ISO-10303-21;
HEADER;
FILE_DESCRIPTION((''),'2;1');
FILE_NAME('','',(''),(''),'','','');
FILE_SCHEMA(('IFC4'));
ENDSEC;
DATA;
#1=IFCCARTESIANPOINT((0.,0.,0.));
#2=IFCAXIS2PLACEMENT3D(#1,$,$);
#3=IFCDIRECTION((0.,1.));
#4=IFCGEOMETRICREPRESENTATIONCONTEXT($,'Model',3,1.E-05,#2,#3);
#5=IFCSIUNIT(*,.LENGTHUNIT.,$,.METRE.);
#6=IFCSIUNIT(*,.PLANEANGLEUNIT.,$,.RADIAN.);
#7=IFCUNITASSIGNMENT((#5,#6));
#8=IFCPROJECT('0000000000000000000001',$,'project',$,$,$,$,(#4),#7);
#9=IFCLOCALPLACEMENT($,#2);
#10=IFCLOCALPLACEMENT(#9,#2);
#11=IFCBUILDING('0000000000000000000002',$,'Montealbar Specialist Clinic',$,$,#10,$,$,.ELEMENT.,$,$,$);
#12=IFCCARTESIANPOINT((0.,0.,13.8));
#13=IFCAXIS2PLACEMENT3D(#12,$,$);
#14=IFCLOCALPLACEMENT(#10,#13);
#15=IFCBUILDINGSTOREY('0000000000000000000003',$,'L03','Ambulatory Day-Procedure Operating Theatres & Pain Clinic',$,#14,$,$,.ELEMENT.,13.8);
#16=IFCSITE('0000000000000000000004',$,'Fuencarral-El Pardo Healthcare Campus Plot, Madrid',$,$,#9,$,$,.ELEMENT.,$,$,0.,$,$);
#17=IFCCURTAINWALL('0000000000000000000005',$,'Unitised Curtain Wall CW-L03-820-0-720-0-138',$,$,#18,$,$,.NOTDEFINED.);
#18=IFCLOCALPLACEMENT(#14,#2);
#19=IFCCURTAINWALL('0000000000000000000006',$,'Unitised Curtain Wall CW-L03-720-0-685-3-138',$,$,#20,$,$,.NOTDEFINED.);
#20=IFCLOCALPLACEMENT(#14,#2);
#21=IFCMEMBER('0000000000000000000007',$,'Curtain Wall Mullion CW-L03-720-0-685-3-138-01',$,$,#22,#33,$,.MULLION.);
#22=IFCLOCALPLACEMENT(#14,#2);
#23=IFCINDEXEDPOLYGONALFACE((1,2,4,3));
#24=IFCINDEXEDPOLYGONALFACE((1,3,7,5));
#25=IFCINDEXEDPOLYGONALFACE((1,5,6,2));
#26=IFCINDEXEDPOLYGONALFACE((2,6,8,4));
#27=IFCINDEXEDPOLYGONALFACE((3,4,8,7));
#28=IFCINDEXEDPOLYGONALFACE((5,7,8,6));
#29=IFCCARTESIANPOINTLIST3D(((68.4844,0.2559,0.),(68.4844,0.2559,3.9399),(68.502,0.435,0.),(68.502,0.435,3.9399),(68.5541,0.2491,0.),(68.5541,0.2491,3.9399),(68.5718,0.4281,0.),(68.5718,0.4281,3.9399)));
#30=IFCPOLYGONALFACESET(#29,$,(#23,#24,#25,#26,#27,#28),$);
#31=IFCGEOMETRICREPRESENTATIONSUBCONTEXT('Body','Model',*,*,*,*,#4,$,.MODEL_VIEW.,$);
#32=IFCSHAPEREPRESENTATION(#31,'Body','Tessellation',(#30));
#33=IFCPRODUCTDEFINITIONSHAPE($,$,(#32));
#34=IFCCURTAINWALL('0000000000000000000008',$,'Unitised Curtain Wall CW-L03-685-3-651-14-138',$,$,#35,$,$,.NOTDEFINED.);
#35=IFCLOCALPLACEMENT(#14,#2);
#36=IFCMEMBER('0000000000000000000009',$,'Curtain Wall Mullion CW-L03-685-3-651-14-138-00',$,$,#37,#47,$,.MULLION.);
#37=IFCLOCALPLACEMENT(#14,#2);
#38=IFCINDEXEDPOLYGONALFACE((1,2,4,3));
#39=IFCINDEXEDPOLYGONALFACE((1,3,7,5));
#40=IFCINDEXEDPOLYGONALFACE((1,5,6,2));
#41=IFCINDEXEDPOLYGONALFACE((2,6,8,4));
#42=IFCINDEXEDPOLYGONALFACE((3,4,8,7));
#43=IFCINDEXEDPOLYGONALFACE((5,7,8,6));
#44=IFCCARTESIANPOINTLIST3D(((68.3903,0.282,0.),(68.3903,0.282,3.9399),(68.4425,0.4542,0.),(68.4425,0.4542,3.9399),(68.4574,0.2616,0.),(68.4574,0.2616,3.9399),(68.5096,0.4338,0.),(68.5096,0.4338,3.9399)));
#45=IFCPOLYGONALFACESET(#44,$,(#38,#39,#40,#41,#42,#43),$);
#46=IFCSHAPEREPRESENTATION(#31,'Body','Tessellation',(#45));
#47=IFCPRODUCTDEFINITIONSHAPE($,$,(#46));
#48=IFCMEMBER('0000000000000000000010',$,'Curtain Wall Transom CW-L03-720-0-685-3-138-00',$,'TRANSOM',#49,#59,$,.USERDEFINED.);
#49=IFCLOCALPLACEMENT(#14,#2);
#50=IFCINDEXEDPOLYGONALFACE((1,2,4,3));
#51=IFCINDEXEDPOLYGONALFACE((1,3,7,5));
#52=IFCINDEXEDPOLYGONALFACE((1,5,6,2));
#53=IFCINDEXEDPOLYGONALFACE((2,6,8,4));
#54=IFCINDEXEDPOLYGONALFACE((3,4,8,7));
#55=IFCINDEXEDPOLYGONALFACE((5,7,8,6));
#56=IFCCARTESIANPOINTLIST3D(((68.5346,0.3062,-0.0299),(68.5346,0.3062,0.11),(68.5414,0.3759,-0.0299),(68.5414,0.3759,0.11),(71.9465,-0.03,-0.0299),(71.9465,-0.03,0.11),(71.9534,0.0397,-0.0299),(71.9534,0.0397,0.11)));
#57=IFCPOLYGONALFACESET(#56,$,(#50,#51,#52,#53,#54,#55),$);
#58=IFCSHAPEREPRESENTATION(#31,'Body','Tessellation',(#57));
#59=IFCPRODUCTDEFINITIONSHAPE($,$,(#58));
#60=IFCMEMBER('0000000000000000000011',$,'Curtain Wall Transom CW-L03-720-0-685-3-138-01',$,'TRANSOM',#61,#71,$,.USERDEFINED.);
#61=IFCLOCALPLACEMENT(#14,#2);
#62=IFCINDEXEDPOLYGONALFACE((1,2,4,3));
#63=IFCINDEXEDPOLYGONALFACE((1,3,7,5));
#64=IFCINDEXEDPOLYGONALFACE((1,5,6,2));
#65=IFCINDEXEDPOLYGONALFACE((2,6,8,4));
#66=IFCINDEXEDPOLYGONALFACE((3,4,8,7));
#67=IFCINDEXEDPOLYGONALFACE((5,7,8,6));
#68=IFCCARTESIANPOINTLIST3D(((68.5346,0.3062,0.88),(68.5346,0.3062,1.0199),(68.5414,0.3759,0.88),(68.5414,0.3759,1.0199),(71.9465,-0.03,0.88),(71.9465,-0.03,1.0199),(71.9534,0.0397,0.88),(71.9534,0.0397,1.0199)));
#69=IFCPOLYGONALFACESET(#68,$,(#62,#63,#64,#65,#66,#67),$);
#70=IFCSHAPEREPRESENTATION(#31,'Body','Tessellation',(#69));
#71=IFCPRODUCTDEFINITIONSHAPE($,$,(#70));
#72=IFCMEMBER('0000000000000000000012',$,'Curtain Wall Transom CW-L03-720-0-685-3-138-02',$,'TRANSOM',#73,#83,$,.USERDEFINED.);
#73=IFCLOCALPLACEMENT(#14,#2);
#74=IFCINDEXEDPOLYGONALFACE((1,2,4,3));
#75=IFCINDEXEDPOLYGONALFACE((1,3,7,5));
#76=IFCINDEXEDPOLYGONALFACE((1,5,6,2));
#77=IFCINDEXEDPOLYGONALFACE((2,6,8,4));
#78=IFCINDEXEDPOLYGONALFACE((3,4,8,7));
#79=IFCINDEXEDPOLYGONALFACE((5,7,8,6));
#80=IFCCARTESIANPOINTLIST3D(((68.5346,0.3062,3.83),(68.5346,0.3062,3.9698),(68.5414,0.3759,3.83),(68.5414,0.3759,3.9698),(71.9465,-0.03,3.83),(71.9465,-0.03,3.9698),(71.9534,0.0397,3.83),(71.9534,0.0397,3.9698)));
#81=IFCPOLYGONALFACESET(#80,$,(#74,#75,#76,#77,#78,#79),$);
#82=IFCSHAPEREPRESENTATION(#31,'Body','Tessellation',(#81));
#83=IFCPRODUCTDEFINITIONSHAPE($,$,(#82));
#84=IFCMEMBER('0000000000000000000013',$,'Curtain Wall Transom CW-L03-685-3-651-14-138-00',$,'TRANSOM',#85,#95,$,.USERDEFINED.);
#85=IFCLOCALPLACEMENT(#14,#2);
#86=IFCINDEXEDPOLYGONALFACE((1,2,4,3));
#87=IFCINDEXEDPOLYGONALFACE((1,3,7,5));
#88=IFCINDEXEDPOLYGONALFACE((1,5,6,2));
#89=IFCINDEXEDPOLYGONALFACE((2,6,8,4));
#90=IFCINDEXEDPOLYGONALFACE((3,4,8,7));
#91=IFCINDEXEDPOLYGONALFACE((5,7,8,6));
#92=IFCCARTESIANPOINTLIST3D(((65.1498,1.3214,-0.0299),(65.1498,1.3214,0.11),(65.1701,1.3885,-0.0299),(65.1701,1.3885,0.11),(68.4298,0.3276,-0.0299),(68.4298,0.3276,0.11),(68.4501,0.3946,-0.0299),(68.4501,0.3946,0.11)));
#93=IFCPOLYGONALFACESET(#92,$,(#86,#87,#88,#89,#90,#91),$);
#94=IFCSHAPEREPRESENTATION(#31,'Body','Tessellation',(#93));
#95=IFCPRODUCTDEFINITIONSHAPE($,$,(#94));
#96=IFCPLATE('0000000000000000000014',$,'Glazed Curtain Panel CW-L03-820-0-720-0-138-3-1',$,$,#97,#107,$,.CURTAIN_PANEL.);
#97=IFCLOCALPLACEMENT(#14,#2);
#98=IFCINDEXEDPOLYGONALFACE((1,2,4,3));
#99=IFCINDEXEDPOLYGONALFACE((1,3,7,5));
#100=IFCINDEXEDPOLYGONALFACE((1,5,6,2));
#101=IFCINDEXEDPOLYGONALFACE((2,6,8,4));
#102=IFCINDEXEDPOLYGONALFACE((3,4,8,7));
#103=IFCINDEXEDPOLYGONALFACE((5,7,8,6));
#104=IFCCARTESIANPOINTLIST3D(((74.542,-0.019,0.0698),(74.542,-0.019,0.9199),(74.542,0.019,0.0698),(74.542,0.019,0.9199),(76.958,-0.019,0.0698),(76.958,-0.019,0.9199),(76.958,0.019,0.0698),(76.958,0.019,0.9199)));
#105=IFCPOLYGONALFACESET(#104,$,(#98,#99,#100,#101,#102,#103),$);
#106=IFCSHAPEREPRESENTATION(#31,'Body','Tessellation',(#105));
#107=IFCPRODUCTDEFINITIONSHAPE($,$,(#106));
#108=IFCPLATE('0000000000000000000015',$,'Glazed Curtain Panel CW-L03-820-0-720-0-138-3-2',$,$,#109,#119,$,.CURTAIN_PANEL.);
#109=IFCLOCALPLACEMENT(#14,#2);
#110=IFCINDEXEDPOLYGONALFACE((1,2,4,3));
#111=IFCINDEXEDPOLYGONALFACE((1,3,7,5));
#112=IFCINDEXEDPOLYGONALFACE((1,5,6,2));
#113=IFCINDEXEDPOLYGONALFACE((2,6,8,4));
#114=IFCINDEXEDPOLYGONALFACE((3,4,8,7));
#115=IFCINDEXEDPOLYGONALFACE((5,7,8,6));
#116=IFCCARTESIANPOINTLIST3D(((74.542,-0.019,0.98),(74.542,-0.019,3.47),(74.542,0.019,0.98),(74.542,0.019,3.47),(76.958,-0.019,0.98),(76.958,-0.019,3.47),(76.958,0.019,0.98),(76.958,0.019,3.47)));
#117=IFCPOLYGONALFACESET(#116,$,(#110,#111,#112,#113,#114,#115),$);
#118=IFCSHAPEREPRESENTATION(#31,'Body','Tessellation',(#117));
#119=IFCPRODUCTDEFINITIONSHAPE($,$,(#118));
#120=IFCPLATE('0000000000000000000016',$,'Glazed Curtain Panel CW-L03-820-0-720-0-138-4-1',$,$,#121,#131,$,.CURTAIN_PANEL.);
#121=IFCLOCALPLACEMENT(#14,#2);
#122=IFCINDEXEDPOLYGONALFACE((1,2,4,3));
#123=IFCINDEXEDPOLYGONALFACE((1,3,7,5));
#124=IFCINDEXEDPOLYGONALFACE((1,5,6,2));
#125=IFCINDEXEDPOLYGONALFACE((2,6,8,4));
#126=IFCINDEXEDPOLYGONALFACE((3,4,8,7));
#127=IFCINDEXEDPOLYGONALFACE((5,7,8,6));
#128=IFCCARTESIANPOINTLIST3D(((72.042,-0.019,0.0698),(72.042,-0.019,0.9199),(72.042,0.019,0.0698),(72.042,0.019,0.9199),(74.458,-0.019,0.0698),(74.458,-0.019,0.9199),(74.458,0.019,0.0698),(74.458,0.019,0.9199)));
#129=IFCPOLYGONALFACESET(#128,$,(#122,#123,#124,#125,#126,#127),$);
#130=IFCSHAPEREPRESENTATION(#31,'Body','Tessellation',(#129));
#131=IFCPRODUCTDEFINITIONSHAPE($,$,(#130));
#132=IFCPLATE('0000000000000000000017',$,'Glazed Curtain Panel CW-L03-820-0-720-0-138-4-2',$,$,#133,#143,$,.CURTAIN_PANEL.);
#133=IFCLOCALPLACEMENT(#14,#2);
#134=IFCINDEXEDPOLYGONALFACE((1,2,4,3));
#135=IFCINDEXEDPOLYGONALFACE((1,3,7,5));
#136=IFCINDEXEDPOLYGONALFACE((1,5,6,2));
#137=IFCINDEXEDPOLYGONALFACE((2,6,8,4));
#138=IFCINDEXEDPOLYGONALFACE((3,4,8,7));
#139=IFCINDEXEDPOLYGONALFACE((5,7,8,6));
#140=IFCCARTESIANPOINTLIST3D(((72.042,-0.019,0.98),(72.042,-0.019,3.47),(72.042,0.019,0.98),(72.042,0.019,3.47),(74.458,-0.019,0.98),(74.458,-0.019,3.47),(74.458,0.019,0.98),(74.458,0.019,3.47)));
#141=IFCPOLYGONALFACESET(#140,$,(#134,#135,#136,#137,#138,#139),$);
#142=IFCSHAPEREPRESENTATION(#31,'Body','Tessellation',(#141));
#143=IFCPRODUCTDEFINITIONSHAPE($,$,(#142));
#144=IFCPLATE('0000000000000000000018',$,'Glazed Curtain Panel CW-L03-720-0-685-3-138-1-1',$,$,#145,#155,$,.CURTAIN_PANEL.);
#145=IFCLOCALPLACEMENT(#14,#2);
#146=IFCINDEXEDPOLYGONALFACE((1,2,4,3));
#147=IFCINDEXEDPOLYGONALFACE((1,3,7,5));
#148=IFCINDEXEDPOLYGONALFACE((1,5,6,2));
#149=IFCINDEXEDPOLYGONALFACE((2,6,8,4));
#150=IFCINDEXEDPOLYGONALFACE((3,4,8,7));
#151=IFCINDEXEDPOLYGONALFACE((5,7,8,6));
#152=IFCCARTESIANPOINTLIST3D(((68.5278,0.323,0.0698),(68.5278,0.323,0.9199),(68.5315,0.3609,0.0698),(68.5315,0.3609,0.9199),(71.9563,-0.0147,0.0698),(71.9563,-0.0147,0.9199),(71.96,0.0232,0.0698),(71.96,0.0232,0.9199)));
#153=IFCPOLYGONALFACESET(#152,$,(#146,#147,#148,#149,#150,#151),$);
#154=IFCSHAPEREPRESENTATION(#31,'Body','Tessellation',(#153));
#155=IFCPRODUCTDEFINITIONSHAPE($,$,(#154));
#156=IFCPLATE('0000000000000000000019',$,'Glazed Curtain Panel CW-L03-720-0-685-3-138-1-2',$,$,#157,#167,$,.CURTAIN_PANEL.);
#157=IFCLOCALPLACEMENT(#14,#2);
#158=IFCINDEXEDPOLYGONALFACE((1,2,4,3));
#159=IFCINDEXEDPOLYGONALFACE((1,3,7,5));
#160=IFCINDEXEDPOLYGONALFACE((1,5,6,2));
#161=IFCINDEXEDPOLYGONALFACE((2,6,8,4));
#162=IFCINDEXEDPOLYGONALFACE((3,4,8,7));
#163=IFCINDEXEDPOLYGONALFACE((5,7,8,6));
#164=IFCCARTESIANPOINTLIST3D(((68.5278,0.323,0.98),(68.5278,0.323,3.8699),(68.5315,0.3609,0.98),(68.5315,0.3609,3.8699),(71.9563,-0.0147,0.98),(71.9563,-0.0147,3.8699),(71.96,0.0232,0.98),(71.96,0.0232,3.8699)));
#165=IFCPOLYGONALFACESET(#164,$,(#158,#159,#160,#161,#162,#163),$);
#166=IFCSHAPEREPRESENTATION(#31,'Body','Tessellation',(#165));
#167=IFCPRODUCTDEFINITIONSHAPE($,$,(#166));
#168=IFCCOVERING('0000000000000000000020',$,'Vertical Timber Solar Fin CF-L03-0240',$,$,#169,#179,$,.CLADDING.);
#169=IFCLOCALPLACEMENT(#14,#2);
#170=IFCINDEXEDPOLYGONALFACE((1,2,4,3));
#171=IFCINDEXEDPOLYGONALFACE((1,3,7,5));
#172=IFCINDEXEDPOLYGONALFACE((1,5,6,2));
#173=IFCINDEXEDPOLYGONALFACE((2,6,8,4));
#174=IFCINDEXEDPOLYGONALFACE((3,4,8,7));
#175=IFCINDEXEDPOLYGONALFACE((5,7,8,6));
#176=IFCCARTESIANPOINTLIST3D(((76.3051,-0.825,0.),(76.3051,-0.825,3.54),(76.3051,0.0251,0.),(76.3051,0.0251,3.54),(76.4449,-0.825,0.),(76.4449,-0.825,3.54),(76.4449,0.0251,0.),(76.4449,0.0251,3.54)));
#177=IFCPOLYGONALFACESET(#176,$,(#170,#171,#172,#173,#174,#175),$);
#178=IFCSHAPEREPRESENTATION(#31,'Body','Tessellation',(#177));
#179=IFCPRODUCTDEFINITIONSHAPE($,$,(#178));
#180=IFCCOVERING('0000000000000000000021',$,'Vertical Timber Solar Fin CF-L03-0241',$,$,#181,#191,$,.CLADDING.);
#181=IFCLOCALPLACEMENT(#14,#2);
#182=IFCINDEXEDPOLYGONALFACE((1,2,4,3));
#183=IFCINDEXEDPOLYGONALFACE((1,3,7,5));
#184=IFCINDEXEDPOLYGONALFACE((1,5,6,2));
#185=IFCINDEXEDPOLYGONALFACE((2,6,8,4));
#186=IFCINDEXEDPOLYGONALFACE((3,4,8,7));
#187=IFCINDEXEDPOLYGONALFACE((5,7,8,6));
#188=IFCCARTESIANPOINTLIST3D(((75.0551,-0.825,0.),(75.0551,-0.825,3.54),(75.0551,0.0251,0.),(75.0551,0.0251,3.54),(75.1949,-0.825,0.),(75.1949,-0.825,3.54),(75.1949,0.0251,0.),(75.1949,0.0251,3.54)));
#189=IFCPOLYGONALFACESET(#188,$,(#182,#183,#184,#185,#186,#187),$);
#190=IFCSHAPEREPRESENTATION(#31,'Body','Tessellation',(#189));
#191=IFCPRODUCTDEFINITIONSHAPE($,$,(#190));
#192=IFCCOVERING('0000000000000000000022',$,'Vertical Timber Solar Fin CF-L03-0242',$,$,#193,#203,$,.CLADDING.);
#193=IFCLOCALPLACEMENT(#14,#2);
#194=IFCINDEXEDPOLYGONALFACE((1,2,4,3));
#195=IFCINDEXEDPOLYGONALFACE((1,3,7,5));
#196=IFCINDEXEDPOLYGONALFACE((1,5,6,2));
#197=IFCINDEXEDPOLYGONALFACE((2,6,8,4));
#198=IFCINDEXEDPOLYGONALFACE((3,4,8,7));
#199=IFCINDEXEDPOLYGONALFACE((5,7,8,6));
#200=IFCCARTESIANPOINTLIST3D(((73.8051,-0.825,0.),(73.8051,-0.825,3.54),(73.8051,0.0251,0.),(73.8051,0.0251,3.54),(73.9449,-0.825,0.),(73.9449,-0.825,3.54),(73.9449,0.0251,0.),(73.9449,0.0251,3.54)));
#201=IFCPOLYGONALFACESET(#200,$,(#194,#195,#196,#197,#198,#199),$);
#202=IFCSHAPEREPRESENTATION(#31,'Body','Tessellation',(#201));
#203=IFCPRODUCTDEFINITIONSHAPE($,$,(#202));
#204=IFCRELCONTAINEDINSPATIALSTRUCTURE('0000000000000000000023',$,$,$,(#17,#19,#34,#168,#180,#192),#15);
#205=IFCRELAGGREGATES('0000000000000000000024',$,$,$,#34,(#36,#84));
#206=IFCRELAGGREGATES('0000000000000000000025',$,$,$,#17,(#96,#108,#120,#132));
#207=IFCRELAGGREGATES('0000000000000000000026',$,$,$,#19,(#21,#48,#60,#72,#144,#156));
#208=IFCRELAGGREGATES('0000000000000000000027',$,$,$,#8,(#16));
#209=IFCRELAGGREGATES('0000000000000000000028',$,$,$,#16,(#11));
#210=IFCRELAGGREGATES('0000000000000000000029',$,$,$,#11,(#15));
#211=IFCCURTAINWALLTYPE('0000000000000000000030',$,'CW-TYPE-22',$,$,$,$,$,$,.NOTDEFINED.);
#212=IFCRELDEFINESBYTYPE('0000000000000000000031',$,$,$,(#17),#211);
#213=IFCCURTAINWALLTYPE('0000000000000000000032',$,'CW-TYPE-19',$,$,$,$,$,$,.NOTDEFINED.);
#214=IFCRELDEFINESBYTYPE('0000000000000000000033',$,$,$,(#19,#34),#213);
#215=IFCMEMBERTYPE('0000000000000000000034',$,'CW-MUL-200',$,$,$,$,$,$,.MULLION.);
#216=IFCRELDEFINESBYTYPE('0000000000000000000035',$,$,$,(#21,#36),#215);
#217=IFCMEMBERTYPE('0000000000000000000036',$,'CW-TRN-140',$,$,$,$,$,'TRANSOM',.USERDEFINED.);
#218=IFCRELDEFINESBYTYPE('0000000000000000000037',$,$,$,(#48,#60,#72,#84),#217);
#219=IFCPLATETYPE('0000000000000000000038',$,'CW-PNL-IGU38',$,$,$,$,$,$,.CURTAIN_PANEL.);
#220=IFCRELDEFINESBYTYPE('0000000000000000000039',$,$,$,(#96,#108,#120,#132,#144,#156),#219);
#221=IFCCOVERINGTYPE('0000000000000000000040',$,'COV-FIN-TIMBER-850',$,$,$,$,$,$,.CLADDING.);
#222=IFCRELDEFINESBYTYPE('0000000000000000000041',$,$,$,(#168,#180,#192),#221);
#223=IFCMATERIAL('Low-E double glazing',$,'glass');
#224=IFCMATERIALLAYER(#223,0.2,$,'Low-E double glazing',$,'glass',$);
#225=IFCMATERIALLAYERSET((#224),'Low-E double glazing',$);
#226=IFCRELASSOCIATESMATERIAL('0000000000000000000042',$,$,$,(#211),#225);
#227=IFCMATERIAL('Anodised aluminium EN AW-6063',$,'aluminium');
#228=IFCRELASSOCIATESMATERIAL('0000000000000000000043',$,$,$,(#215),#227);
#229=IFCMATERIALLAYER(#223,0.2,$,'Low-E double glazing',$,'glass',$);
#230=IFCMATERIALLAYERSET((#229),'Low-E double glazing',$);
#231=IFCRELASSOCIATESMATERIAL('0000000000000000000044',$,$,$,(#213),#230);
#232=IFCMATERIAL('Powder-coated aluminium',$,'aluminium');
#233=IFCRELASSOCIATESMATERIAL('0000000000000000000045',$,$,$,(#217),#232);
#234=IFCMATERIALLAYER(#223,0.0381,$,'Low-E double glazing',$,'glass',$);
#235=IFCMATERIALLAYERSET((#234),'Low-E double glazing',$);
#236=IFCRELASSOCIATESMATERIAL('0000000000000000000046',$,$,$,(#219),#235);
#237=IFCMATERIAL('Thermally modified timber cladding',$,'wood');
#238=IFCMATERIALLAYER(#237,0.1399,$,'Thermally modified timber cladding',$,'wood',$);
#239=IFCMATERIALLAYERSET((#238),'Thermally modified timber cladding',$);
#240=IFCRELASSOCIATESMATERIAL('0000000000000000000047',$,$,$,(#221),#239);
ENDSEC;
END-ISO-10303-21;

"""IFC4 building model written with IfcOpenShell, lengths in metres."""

from ifc_helpers import new_model, si_unit, direction, frame, origin, origin_2d, place, context, subcontext, project, spatial, rectangle, extrude, material, layer, layer_set, material_profile, profile_set, type_object, element, aggregate, save


model = new_model("IFC4")

# Units and contexts
model_context = context("Model", 3, precision=1e-05, world=origin(), true_north=direction((0.0, 1.0)))
body_context = subcontext(model_context, "Body", "Model", "MODEL_VIEW")
ifc_project = project(units=[si_unit("LENGTHUNIT", "METRE"), si_unit("PLANEANGLEUNIT", "RADIAN")], contexts=[model_context])

# Site, building, storey
site_placement = place(None, origin())
site = spatial("IfcSite", under=ifc_project, at=site_placement, Name="Fuencarral-El Pardo Healthcare Campus Plot, Madrid", CompositionType="ELEMENT", RefElevation=0.0)
building_placement = place(site_placement, origin())
building = spatial("IfcBuilding", under=site, at=building_placement, Name="Montealbar Specialist Clinic", CompositionType="ELEMENT")
storey_placement = place(building_placement, frame((0.0, 0.0, 13.8)))
storey = spatial("IfcBuildingStorey", under=building, at=storey_placement, Name="L03", Description="Ambulatory Day-Procedure Operating Theatres & Pain Clinic", CompositionType="ELEMENT", Elevation=13.8)

# Curtain walls, member
ifc_material_1 = material(Name="Low-E double glazing", Category="glass")
ifc_layer_1 = layer(ifc_material_1, 0.2, Name="Low-E double glazing", Category="glass")
ifc_layer_set_1 = layer_set([ifc_layer_1], Name="Low-E double glazing")
curtain_wall_type_1 = type_object("IfcCurtainWallType", Name="CW-TYPE-22", PredefinedType="NOTDEFINED", material=ifc_layer_set_1)
curtain_wall_1_placement = place(storey_placement, origin())
curtain_wall_1 = element("IfcCurtainWall", 1, at=curtain_wall_1_placement, inside=storey, type_object=curtain_wall_type_1, Name="Unitised Curtain Wall CW-L03-820-0-720-0-138", PredefinedType="NOTDEFINED")
ifc_material_2 = material(Name="Anodised aluminium EN AW-6063", Category="aluminium")
ifc_material_profile_1 = material_profile(ifc_material_2, rectangle(XDim=0.0701, YDim=0.1799, at=origin_2d()), Name="ALU 70x180", Category="aluminium")
ifc_profile_set_1 = profile_set([ifc_material_profile_1], Name="Anodised aluminium EN AW-6063")
member_type_1 = type_object("IfcMemberType", Name="CW-MUL-200", PredefinedType="MULLION", material=ifc_profile_set_1)
ifc_layer_2 = layer(ifc_material_1, 0.2, Name="Low-E double glazing", Category="glass")
ifc_layer_set_2 = layer_set([ifc_layer_2], Name="Low-E double glazing")
curtain_wall_type_2 = type_object("IfcCurtainWallType", Name="CW-TYPE-19", PredefinedType="NOTDEFINED", material=ifc_layer_set_2)
curtain_wall_2_placement = place(storey_placement, origin())
curtain_wall_2 = element("IfcCurtainWall", 2, at=curtain_wall_2_placement, inside=storey, type_object=curtain_wall_type_2, Name="Unitised Curtain Wall CW-L03-720-0-685-3-138", PredefinedType="NOTDEFINED")
member_1_placement = place(storey_placement, frame((68.5281, 0.342, 0.0), z_axis=(0.0, 0.0, 1.0), x_axis=(-0.995182, 0.098045, 0.0)))
member_1 = element("IfcMember", 3, at=member_1_placement, type_object=member_type_1, Name="Curtain Wall Mullion CW-L03-720-0-685-3-138-01", PredefinedType="MULLION", context=body_context, shape_type="SweptSolid", body=[
    extrude(rectangle(XDim=0.0701, YDim=0.1799, at=origin_2d()), origin(), (0.0, 0.0, 1.0), 3.9399),
])

# Curtain wall, member
curtain_wall_3_placement = place(storey_placement, origin())
curtain_wall_3 = element("IfcCurtainWall", 4, at=curtain_wall_3_placement, inside=storey, type_object=curtain_wall_type_2, Name="Unitised Curtain Wall CW-L03-685-3-651-14-138", PredefinedType="NOTDEFINED")
member_2_placement = place(storey_placement, frame((68.45, 0.3579, 0.0), z_axis=(0.0, 0.0, 1.0), x_axis=(-0.956948, 0.290259, 0.0)))
member_2 = element("IfcMember", 5, at=member_2_placement, type_object=member_type_1, Name="Curtain Wall Mullion CW-L03-685-3-651-14-138-00", PredefinedType="MULLION", context=body_context, shape_type="SweptSolid", body=[
    extrude(rectangle(XDim=0.0701, YDim=0.1799, at=origin_2d()), origin(), (0.0, 0.0, 1.0), 3.9399),
])

# Members
ifc_material_3 = material(Name="Powder-coated aluminium", Category="aluminium")
ifc_material_profile_2 = material_profile(ifc_material_3, rectangle(XDim=0.0701, YDim=0.1399, at=origin_2d()), Name="ALU 70x140", Category="aluminium")
ifc_profile_set_2 = profile_set([ifc_material_profile_2], Name="Powder-coated aluminium")
member_type_2 = type_object("IfcMemberType", Name="CW-TRN-140", ElementType="TRANSOM", PredefinedType="USERDEFINED", material=ifc_profile_set_2)
member_3_placement = place(storey_placement, frame((71.95, 0.0049, 0.04), z_axis=(-0.995181, 0.098058, 0.0), x_axis=(-0.098058, -0.995181, 0.0)))
member_3 = element("IfcMember", 6, at=member_3_placement, type_object=member_type_2, Name="Curtain Wall Transom CW-L03-720-0-685-3-138-00", ObjectType="TRANSOM", PredefinedType="USERDEFINED", context=body_context, shape_type="SweptSolid", body=[
    extrude(rectangle(XDim=0.0701, YDim=0.1399, at=origin_2d()), origin(), (0.0, 0.0, 1.0), 3.4285),
])
member_4_placement = place(storey_placement, frame((71.95, 0.0049, 0.95), z_axis=(-0.995181, 0.098058, 0.0), x_axis=(-0.098058, -0.995181, 0.0)))
member_4 = element("IfcMember", 7, at=member_4_placement, type_object=member_type_2, Name="Curtain Wall Transom CW-L03-720-0-685-3-138-01", ObjectType="TRANSOM", PredefinedType="USERDEFINED", context=body_context, shape_type="SweptSolid", body=[
    extrude(rectangle(XDim=0.0701, YDim=0.1399, at=origin_2d()), origin(), (0.0, 0.0, 1.0), 3.4285),
])
member_5_placement = place(storey_placement, frame((71.95, 0.0049, 3.8999), z_axis=(-0.995181, 0.098058, 0.0), x_axis=(-0.098058, -0.995181, 0.0)))
member_5 = element("IfcMember", 8, at=member_5_placement, type_object=member_type_2, Name="Curtain Wall Transom CW-L03-720-0-685-3-138-02", ObjectType="TRANSOM", PredefinedType="USERDEFINED", context=body_context, shape_type="SweptSolid", body=[
    extrude(rectangle(XDim=0.0701, YDim=0.1399, at=origin_2d()), origin(), (0.0, 0.0, 1.0), 3.4285),
])
member_6_placement = place(storey_placement, frame((68.4399, 0.3611, 0.04), z_axis=(-0.957029, 0.289994, 0.0), x_axis=(-0.289994, -0.957029, 0.0)))
member_6 = element("IfcMember", 9, at=member_6_placement, type_object=member_type_2, Name="Curtain Wall Transom CW-L03-685-3-651-14-138-00", ObjectType="TRANSOM", PredefinedType="USERDEFINED", context=body_context, shape_type="SweptSolid", body=[
    extrude(rectangle(XDim=0.0701, YDim=0.1399, at=origin_2d()), origin(), (0.0, 0.0, 1.0), 3.4272),
])
aggregate(curtain_wall_3, [member_2, member_6])

# Plates
ifc_layer_3 = layer(ifc_material_1, 0.0381, Name="Low-E double glazing", Category="glass")
ifc_layer_set_3 = layer_set([ifc_layer_3], Name="Low-E double glazing")
plate_type = type_object("IfcPlateType", Name="CW-PNL-IGU38", PredefinedType="CURTAIN_PANEL", material=ifc_layer_set_3)
plate_1_placement = place(storey_placement, frame((75.75, 0.0, 0.0698), z_axis=(0.0, 0.0, 1.0), x_axis=(-1.0, 0.0, 0.0)))
plate_1 = element("IfcPlate", 10, at=plate_1_placement, type_object=plate_type, Name="Glazed Curtain Panel CW-L03-820-0-720-0-138-3-1", PredefinedType="CURTAIN_PANEL", context=body_context, shape_type="SweptSolid", body=[
    extrude(rectangle(XDim=2.416, YDim=0.0381, at=origin_2d()), origin(), (0.0, 0.0, 1.0), 0.8501),
])
plate_2_placement = place(storey_placement, frame((75.75, 0.0, 0.98), z_axis=(0.0, 0.0, 1.0), x_axis=(-1.0, 0.0, 0.0)))
plate_2 = element("IfcPlate", 11, at=plate_2_placement, type_object=plate_type, Name="Glazed Curtain Panel CW-L03-820-0-720-0-138-3-2", PredefinedType="CURTAIN_PANEL", context=body_context, shape_type="SweptSolid", body=[
    extrude(rectangle(XDim=2.416, YDim=0.0381, at=origin_2d()), origin(), (0.0, 0.0, 1.0), 2.49),
])
plate_3_placement = place(storey_placement, frame((73.25, 0.0, 0.0698), z_axis=(0.0, 0.0, 1.0), x_axis=(-1.0, 0.0, 0.0)))
plate_3 = element("IfcPlate", 12, at=plate_3_placement, type_object=plate_type, Name="Glazed Curtain Panel CW-L03-820-0-720-0-138-4-1", PredefinedType="CURTAIN_PANEL", context=body_context, shape_type="SweptSolid", body=[
    extrude(rectangle(XDim=2.416, YDim=0.0381, at=origin_2d()), origin(), (0.0, 0.0, 1.0), 0.8501),
])
plate_4_placement = place(storey_placement, frame((73.25, 0.0, 0.98), z_axis=(0.0, 0.0, 1.0), x_axis=(-1.0, 0.0, 0.0)))
plate_4 = element("IfcPlate", 13, at=plate_4_placement, type_object=plate_type, Name="Glazed Curtain Panel CW-L03-820-0-720-0-138-4-2", PredefinedType="CURTAIN_PANEL", context=body_context, shape_type="SweptSolid", body=[
    extrude(rectangle(XDim=2.416, YDim=0.0381, at=origin_2d()), origin(), (0.0, 0.0, 1.0), 2.49),
])
aggregate(curtain_wall_1, [plate_1, plate_2, plate_3, plate_4])
plate_5_placement = place(storey_placement, frame((70.2439, 0.1731, 0.0698), z_axis=(0.0, 0.0, 1.0), x_axis=(-0.995182, 0.098045, 0.0)))
plate_5 = element("IfcPlate", 14, at=plate_5_placement, type_object=plate_type, Name="Glazed Curtain Panel CW-L03-720-0-685-3-138-1-1", PredefinedType="CURTAIN_PANEL", context=body_context, shape_type="SweptSolid", body=[
    extrude(rectangle(XDim=3.4451, YDim=0.0381, at=origin_2d()), origin(), (0.0, 0.0, 1.0), 0.8501),
])
plate_6_placement = place(storey_placement, frame((70.2439, 0.1731, 0.98), z_axis=(0.0, 0.0, 1.0), x_axis=(-0.995182, 0.098045, 0.0)))
plate_6 = element("IfcPlate", 15, at=plate_6_placement, type_object=plate_type, Name="Glazed Curtain Panel CW-L03-720-0-685-3-138-1-2", PredefinedType="CURTAIN_PANEL", context=body_context, shape_type="SweptSolid", body=[
    extrude(rectangle(XDim=3.4451, YDim=0.0381, at=origin_2d()), origin(), (0.0, 0.0, 1.0), 2.8899),
])
aggregate(curtain_wall_2, [member_1, member_3, member_4, member_5, plate_5, plate_6])

# Coverings
ifc_material_4 = material(Name="Thermally modified timber cladding", Category="wood")
ifc_layer_4 = layer(ifc_material_4, 0.1399, Name="Thermally modified timber cladding", Category="wood")
ifc_layer_set_4 = layer_set([ifc_layer_4], Name="Thermally modified timber cladding")
covering_type = type_object("IfcCoveringType", Name="COV-FIN-TIMBER-850", PredefinedType="CLADDING", material=ifc_layer_set_4)
for number, where, z_axis, x_axis, name in (
    (16, (76.375, -0.3999, 0.0), (0.0, 0.0, 1.0), (0.0, -1.0, 0.0), "Vertical Timber Solar Fin CF-L03-0240"),
    (17, (75.125, -0.3999, 0.0), (0.0, 0.0, 1.0), (0.0, -1.0, 0.0), "Vertical Timber Solar Fin CF-L03-0241"),
    (18, (73.875, -0.3999, 0.0), (0.0, 0.0, 1.0), (0.0, -1.0, 0.0), "Vertical Timber Solar Fin CF-L03-0242"),
):
    element("IfcCovering", number, at=place(storey_placement, frame(where, z_axis=z_axis, x_axis=x_axis)), inside=storey, type_object=covering_type, Name=name, PredefinedType="CLADDING", context=body_context, shape_type="SweptSolid", body=[
        extrude(rectangle(XDim=0.8501, YDim=0.1399, at=origin_2d()), origin(), (0.0, 0.0, 1.0), 3.54),
    ])

save(model, "model.ifc")
